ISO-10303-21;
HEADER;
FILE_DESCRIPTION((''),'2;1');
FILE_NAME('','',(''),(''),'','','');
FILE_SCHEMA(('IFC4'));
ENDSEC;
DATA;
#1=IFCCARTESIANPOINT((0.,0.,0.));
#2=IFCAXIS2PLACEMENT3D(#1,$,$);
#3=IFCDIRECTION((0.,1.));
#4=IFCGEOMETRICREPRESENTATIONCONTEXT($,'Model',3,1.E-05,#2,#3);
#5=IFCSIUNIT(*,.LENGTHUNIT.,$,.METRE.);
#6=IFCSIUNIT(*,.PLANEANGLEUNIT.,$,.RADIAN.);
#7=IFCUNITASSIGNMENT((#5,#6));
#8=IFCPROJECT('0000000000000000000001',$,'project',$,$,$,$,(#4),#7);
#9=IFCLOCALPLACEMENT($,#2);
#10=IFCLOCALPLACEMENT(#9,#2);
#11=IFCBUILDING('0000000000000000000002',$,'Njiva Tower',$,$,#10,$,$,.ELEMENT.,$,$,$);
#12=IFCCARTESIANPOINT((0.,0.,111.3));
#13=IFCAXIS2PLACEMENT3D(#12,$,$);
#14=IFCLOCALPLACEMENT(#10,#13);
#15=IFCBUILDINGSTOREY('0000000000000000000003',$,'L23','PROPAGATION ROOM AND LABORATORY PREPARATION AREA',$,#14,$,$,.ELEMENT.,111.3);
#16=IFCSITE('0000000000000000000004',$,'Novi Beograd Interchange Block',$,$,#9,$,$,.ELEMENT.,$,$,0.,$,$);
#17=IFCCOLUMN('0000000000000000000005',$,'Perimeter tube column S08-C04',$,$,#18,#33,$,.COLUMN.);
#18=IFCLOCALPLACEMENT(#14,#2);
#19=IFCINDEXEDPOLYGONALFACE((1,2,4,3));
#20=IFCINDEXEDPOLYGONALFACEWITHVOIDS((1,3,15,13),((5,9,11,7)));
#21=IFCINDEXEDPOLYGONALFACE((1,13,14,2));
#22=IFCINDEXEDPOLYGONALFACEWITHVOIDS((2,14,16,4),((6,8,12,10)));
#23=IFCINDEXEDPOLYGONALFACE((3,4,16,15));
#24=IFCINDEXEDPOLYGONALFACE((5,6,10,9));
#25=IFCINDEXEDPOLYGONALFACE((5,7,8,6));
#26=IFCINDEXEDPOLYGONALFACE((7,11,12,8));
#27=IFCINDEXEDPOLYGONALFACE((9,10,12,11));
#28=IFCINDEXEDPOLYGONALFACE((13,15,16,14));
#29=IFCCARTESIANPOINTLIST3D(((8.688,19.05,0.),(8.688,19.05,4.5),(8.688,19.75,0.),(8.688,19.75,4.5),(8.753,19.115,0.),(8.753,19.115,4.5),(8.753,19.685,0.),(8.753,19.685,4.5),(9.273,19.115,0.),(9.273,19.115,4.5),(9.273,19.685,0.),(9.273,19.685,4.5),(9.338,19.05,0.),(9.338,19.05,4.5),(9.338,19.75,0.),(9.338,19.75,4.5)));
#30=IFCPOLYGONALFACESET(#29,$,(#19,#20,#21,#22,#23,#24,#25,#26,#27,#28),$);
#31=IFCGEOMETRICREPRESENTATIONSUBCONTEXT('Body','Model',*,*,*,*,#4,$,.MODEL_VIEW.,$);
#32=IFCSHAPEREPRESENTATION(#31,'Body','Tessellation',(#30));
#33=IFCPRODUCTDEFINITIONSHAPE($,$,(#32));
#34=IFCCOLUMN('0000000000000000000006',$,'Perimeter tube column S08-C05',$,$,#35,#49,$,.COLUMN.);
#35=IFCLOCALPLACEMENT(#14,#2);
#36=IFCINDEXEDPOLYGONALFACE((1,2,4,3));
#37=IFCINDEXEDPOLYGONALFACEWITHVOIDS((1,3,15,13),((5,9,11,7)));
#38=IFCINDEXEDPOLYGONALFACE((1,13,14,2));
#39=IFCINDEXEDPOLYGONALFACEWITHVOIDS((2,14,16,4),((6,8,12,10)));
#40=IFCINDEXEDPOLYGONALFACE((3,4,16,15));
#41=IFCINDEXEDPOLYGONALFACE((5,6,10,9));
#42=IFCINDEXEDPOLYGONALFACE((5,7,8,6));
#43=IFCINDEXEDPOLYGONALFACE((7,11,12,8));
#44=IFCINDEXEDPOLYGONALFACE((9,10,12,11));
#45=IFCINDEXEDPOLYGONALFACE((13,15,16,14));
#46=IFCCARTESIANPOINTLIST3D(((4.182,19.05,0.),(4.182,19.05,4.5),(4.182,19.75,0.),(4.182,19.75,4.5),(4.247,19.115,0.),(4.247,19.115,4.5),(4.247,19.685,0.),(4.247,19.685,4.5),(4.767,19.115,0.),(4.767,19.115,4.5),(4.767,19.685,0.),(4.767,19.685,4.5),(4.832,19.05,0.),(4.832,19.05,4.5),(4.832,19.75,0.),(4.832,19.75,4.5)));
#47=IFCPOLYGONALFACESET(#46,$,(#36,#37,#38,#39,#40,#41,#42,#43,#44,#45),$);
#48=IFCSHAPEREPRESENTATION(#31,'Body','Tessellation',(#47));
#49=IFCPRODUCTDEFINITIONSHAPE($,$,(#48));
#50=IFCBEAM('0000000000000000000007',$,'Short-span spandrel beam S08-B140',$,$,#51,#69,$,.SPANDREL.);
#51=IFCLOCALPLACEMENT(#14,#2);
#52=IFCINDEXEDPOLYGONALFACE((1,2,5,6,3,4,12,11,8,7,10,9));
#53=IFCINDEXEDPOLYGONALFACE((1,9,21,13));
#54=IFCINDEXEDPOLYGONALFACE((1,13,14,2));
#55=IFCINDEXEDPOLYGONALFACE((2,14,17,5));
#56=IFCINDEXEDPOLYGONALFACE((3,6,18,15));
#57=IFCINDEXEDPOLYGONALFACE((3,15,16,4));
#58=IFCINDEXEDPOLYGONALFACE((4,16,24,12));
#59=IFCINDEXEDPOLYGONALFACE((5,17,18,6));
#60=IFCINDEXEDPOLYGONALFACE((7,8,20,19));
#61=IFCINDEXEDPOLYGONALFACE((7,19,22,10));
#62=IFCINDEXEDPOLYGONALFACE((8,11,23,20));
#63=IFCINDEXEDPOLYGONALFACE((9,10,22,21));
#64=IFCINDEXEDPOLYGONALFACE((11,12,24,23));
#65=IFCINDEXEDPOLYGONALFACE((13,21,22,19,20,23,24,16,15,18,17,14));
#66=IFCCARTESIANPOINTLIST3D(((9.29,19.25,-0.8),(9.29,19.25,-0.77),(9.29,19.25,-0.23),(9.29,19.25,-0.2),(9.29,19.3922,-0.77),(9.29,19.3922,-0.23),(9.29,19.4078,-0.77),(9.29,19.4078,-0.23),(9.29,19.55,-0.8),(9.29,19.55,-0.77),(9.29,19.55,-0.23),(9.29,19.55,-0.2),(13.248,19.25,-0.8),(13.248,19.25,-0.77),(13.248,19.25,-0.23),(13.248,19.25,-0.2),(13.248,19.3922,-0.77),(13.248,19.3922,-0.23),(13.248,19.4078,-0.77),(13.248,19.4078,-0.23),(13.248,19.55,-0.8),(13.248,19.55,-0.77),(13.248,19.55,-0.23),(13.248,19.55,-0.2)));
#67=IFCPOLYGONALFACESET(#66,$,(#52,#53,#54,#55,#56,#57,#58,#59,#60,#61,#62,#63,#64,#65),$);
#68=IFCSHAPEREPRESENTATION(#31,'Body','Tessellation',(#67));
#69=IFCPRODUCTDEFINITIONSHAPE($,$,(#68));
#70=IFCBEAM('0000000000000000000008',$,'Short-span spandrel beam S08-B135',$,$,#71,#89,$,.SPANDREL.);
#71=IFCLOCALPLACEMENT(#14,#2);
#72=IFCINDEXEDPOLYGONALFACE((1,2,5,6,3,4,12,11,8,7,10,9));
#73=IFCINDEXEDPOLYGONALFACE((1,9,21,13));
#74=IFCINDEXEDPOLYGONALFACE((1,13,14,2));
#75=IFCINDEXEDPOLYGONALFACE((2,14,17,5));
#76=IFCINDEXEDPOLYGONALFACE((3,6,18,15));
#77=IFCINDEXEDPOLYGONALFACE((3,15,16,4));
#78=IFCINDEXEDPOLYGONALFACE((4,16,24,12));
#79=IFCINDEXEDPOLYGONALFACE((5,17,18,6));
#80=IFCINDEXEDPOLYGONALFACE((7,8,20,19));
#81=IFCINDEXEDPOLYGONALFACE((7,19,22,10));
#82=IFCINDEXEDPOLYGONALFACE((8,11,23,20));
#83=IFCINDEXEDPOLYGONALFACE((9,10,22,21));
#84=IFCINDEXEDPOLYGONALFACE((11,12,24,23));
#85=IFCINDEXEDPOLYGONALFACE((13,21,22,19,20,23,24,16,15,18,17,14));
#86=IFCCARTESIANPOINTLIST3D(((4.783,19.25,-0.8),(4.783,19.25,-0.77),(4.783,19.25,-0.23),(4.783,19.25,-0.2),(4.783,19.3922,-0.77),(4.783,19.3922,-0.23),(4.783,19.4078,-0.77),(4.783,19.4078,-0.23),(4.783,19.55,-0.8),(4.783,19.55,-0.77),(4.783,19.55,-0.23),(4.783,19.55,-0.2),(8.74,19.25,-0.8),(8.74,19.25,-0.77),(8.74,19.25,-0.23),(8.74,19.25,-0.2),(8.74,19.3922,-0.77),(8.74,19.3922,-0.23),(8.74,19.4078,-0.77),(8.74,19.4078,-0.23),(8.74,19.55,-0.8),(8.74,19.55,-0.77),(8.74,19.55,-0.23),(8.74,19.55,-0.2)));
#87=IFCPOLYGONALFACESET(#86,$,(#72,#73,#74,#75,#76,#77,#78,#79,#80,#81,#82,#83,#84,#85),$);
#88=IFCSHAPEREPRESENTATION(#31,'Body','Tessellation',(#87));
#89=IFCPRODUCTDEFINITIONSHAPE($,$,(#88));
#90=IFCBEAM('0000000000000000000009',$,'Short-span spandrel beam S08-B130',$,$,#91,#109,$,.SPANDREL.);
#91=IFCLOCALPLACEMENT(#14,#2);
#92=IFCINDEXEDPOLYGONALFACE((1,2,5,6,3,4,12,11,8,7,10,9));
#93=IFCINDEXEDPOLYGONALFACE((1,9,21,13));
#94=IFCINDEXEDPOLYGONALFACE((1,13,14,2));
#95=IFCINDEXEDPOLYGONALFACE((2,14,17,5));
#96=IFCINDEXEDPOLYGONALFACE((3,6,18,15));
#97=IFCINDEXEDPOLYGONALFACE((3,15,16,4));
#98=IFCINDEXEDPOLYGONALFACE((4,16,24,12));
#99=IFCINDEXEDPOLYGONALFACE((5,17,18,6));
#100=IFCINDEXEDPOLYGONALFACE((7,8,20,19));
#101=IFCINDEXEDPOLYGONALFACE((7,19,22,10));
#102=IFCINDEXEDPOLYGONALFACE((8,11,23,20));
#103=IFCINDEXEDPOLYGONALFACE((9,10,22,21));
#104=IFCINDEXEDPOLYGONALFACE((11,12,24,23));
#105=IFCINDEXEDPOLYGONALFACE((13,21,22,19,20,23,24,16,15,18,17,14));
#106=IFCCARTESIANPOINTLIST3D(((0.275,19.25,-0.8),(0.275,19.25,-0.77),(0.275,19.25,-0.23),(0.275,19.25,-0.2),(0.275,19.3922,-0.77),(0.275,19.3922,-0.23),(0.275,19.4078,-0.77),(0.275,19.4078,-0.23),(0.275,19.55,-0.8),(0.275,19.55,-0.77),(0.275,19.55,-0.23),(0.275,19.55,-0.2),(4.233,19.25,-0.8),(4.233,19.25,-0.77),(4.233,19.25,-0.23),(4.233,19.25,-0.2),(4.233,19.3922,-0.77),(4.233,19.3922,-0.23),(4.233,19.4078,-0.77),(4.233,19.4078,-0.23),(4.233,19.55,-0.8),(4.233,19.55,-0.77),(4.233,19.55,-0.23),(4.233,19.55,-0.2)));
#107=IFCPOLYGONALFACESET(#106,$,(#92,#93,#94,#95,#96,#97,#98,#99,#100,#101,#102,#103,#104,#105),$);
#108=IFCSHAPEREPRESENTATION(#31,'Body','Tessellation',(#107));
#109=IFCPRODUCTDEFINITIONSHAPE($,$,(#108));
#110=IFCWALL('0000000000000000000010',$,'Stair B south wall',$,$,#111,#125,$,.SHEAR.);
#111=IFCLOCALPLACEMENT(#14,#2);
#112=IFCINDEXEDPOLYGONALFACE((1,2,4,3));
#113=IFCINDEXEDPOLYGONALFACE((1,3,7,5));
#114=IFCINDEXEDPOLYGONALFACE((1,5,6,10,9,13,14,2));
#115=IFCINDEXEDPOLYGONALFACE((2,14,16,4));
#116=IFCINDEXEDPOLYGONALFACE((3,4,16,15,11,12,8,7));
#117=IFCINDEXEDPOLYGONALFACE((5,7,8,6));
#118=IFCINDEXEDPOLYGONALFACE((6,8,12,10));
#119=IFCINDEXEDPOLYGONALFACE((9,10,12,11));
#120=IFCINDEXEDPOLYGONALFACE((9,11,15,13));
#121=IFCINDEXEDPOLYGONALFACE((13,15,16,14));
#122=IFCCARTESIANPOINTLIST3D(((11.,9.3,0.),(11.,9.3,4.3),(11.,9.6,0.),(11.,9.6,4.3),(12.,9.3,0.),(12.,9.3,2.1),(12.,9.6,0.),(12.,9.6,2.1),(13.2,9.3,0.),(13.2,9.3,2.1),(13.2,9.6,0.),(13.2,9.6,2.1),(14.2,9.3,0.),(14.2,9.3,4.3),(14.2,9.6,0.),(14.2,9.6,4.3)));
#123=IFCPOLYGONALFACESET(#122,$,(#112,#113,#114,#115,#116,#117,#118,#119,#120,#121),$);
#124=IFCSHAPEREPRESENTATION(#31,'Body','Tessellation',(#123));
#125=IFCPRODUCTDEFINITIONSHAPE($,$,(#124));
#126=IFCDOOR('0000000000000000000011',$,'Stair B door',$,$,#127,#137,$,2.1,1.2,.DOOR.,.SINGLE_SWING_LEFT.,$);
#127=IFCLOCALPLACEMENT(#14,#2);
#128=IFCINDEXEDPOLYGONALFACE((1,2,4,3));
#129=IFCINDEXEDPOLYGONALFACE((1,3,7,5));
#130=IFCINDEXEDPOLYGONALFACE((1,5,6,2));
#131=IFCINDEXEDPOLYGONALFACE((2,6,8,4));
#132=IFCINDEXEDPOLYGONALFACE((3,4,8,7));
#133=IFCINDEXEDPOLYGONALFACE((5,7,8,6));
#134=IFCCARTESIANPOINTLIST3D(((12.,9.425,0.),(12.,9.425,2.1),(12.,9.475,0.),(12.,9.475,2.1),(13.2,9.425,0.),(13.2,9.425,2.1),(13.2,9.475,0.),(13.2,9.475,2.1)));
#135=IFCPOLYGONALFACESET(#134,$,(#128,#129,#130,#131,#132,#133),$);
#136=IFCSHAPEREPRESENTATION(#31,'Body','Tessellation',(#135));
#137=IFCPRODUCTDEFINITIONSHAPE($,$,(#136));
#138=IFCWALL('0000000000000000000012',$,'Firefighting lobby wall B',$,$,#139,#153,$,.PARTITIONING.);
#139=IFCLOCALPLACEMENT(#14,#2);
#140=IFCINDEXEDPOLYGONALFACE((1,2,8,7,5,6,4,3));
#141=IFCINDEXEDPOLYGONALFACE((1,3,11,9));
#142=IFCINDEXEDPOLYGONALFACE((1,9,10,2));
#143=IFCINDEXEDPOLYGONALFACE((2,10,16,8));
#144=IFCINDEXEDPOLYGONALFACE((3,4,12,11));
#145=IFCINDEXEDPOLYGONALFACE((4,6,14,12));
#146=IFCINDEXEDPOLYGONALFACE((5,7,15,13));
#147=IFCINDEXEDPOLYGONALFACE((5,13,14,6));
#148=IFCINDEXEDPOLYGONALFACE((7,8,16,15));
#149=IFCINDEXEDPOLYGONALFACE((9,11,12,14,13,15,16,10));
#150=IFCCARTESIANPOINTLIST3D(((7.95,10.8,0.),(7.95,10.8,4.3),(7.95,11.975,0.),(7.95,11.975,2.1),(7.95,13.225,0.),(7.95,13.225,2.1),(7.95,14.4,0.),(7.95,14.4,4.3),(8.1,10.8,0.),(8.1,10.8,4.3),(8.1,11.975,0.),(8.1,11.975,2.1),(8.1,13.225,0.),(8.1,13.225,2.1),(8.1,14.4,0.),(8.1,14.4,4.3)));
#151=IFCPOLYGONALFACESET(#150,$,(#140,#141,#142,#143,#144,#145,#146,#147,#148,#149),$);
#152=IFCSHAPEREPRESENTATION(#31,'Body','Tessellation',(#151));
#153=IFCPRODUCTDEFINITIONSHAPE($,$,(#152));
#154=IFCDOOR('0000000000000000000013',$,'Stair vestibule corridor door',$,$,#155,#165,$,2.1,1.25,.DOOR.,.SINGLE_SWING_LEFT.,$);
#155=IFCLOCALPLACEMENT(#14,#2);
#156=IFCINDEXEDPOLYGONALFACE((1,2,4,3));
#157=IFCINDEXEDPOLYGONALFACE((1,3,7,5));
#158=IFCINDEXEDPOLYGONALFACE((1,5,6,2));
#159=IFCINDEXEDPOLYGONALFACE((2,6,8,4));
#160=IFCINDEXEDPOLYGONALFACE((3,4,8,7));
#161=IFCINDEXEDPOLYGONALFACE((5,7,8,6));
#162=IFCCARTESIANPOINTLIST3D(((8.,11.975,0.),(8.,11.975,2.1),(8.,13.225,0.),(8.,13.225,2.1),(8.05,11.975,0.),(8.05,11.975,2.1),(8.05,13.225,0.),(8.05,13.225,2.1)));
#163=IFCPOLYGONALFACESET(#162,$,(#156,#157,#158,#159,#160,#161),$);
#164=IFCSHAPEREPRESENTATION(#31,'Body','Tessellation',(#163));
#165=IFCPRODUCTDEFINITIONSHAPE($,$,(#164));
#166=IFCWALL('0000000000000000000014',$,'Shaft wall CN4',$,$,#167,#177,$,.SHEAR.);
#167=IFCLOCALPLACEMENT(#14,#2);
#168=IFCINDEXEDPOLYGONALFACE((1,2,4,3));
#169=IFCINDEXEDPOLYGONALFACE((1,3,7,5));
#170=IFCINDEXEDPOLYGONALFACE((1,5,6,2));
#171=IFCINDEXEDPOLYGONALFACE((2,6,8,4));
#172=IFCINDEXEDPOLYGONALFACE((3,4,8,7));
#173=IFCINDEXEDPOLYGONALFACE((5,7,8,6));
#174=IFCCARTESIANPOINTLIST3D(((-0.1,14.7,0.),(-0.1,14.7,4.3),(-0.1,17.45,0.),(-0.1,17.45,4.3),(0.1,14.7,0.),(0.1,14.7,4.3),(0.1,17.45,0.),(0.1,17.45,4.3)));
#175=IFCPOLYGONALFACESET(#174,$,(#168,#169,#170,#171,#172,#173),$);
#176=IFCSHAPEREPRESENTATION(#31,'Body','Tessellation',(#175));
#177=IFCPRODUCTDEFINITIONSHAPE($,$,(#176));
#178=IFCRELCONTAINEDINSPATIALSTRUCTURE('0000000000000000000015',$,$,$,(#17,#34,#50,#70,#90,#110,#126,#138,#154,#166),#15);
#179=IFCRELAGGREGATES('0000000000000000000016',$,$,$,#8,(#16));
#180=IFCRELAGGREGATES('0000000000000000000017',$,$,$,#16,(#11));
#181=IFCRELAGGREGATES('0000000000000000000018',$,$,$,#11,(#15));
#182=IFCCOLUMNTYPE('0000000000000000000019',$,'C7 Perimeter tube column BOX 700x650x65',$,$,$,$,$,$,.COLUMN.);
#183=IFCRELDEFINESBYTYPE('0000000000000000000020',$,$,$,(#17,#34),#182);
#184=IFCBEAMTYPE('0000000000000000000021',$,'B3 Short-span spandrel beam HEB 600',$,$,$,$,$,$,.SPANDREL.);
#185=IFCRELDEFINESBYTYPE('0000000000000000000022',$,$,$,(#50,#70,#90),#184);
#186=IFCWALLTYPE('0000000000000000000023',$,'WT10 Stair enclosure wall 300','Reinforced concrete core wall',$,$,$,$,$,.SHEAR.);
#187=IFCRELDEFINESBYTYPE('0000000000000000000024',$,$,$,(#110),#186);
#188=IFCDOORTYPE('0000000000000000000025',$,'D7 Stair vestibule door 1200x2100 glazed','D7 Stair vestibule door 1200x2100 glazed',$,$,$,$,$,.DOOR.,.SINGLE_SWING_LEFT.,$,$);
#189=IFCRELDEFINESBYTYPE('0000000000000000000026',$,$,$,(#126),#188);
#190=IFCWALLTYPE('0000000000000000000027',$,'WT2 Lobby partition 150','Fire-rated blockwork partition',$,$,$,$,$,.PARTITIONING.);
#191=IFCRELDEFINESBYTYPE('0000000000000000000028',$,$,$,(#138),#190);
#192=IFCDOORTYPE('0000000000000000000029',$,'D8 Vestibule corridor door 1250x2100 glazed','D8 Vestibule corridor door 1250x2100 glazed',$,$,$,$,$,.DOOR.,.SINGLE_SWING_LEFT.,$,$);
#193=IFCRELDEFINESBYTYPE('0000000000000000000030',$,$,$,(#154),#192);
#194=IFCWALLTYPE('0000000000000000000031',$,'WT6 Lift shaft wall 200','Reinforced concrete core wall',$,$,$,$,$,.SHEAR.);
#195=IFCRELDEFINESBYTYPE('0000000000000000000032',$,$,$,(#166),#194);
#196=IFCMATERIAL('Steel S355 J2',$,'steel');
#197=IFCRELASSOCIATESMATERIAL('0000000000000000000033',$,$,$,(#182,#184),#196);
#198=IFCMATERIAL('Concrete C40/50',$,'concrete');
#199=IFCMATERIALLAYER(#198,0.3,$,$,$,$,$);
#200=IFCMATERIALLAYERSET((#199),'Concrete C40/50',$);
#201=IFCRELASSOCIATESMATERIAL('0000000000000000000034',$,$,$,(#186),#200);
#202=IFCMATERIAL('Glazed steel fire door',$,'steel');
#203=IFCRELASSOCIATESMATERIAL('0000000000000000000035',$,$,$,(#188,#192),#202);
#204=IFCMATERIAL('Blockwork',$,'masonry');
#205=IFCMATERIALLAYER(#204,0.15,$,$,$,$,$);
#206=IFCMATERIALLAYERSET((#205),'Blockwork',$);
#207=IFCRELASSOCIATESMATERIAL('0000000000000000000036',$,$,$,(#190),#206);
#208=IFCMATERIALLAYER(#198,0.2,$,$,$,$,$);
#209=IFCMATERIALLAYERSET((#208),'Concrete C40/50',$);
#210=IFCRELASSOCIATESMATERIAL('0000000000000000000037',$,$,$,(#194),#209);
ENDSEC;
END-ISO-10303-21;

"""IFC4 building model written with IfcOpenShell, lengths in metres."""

from ifc_helpers import new_model, si_unit, direction, frame, frame_2d, origin, origin_2d, place, context, subcontext, project, spatial, rectangle, hollow_rectangle, i_section, extrude, material, layer, layer_set, material_profile, profile_set, type_object, element, fill, save


model = new_model("IFC4")

# Units and contexts
model_context = context("Model", 3, precision=1e-05, world=origin(), true_north=direction((0.0, 1.0)))
body_context = subcontext(model_context, "Body", "Model", "MODEL_VIEW")
ifc_project = project(units=[si_unit("LENGTHUNIT", "METRE"), si_unit("PLANEANGLEUNIT", "RADIAN")], contexts=[model_context])

# Site, building, storey
site_placement = place(None, origin())
site = spatial("IfcSite", under=ifc_project, at=site_placement, Name="Novi Beograd Interchange Block", CompositionType="ELEMENT", RefElevation=0.0)
building_placement = place(site_placement, origin())
building = spatial("IfcBuilding", under=site, at=building_placement, Name="Njiva Tower", CompositionType="ELEMENT")
storey_placement = place(building_placement, frame((0.0, 0.0, 111.3)))
storey = spatial("IfcBuildingStorey", under=building, at=storey_placement, Name="L23", Description="PROPAGATION ROOM AND LABORATORY PREPARATION AREA", CompositionType="ELEMENT", Elevation=111.3)

# Columns
ifc_material_1 = material(Name="Steel S355 J2", Category="steel")
ifc_material_profile_1 = material_profile(ifc_material_1, hollow_rectangle(XDim=0.65, YDim=0.7, WallThickness=0.065, at=origin_2d()), Name="BOX 700x650x65")
ifc_profile_set_1 = profile_set([ifc_material_profile_1], Name="Steel S355 J2")
column_type = type_object("IfcColumnType", Name="C7 Perimeter tube column BOX 700x650x65", PredefinedType="COLUMN", material=ifc_profile_set_1)
for number, where, z_axis, x_axis, name in (
    (1, (9.013, 19.4, 0.0), (0.0, 0.0, 1.0), (-1.0, 0.0, 0.0), "Perimeter tube column S08-C04"),
    (2, (4.507, 19.4, 0.0), (0.0, 0.0, 1.0), (-1.0, 0.0, 0.0), "Perimeter tube column S08-C05"),
):
    element("IfcColumn", number, at=place(storey_placement, frame(where, z_axis=z_axis, x_axis=x_axis)), inside=storey, type_object=column_type, Name=name, PredefinedType="COLUMN", context=body_context, shape_type="SweptSolid", body=[
        extrude(hollow_rectangle(XDim=0.65, YDim=0.7, WallThickness=0.065, at=origin_2d()), origin(), (0.0, 0.0, 1.0), 4.5),
    ])

# Beams
ifc_material_profile_2 = material_profile(ifc_material_1, i_section(OverallWidth=0.3, OverallDepth=0.6, WebThickness=0.0155, FlangeThickness=0.03, at=origin_2d()), Name="HEB 600")
ifc_profile_set_2 = profile_set([ifc_material_profile_2], Name="Steel S355 J2")
beam_type = type_object("IfcBeamType", Name="B3 Short-span spandrel beam HEB 600", PredefinedType="SPANDREL", material=ifc_profile_set_2)
beam_1_placement = place(storey_placement, frame((13.248, 19.4, -0.5), z_axis=(-1.0, 0.0, 0.0), x_axis=(0.0, -1.0, 0.0)))
element("IfcBeam", 3, at=beam_1_placement, inside=storey, type_object=beam_type, Name="Short-span spandrel beam S08-B140", PredefinedType="SPANDREL", context=body_context, shape_type="SweptSolid", body=[
    extrude(i_section(OverallWidth=0.3, OverallDepth=0.6, WebThickness=0.0155, FlangeThickness=0.03, at=origin_2d()), origin(), (0.0, 0.0, 1.0), 3.958),
])
beam_2_placement = place(storey_placement, frame((8.74, 19.4, -0.5), z_axis=(-1.0, 0.0, 0.0), x_axis=(0.0, -1.0, 0.0)))
element("IfcBeam", 4, at=beam_2_placement, inside=storey, type_object=beam_type, Name="Short-span spandrel beam S08-B135", PredefinedType="SPANDREL", context=body_context, shape_type="SweptSolid", body=[
    extrude(i_section(OverallWidth=0.3, OverallDepth=0.6, WebThickness=0.0155, FlangeThickness=0.03, at=origin_2d()), origin(), (0.0, 0.0, 1.0), 3.957),
])
beam_3_placement = place(storey_placement, frame((4.233, 19.4, -0.5), z_axis=(-1.0, 0.0, 0.0), x_axis=(0.0, -1.0, 0.0)))
element("IfcBeam", 5, at=beam_3_placement, inside=storey, type_object=beam_type, Name="Short-span spandrel beam S08-B130", PredefinedType="SPANDREL", context=body_context, shape_type="SweptSolid", body=[
    extrude(i_section(OverallWidth=0.3, OverallDepth=0.6, WebThickness=0.0155, FlangeThickness=0.03, at=origin_2d()), origin(), (0.0, 0.0, 1.0), 3.958),
])

# Walls, openings, doors
ifc_material_2 = material(Name="Concrete C40/50", Category="concrete")
ifc_layer_1 = layer(ifc_material_2, 0.3)
ifc_layer_set_1 = layer_set([ifc_layer_1], Name="Concrete C40/50")
wall_type_1 = type_object("IfcWallType", Name="WT10 Stair enclosure wall 300", Description="Reinforced concrete core wall", PredefinedType="SHEAR", material=ifc_layer_set_1)
wall_1_placement = place(storey_placement, frame((11.0, 9.45, 0.0), z_axis=(0.0, 0.0, 1.0), x_axis=(1.0, 0.0, 0.0)))
wall_1 = element("IfcWall", 6, at=wall_1_placement, inside=storey, type_object=wall_type_1, Name="Stair B south wall", PredefinedType="SHEAR", context=body_context, shape_type="SweptSolid", body=[
    extrude(rectangle(XDim=3.2, YDim=0.3, at=frame_2d((1.6, 0.0))), origin(), (0.0, 0.0, 1.0), 4.3),
])
opening_1_placement = place(wall_1_placement, frame((1.0, 0.0, 0.0)))
opening_1 = element("IfcOpeningElement", 7, at=opening_1_placement, cuts=wall_1, PredefinedType="OPENING", context=body_context, shape_type="SweptSolid", body=[
    extrude(rectangle(XDim=1.2, YDim=2.1, at=frame_2d((0.6, 1.05))), frame((0.0, 0.16, 0.0), z_axis=(0.0, -1.0, 0.0), x_axis=(1.0, 0.0, 0.0)), (0.0, 0.0, 1.0), 0.32),
])
ifc_material_3 = material(Name="Glazed steel fire door", Category="steel")
door_type_1 = type_object("IfcDoorType", Name="D7 Stair vestibule door 1200x2100 glazed", Description="D7 Stair vestibule door 1200x2100 glazed", OperationType="SINGLE_SWING_LEFT", PredefinedType="DOOR", material=ifc_material_3)
door_1_placement = place(opening_1_placement, origin())
door_1 = element("IfcDoor", 8, at=door_1_placement, inside=storey, type_object=door_type_1, Name="Stair B door", OperationType="SINGLE_SWING_LEFT", OverallHeight=2.1, OverallWidth=1.2, PredefinedType="DOOR", context=body_context, shape_type="SweptSolid", body=[
    extrude(rectangle(XDim=1.2, YDim=2.1, at=frame_2d((0.6, 1.05))), frame((0.0, 0.025, 0.0), z_axis=(0.0, -1.0, 0.0), x_axis=(1.0, 0.0, 0.0)), (0.0, 0.0, 1.0), 0.05),
])
fill(opening_1, door_1)
ifc_material_4 = material(Name="Blockwork", Category="masonry")
ifc_layer_2 = layer(ifc_material_4, 0.15)
ifc_layer_set_2 = layer_set([ifc_layer_2], Name="Blockwork")
wall_type_2 = type_object("IfcWallType", Name="WT2 Lobby partition 150", Description="Fire-rated blockwork partition", PredefinedType="PARTITIONING", material=ifc_layer_set_2)
wall_2_placement = place(storey_placement, frame((8.025, 10.8, 0.0), z_axis=(0.0, 0.0, 1.0), x_axis=(0.0, 1.0, 0.0)))
wall_2 = element("IfcWall", 9, at=wall_2_placement, inside=storey, type_object=wall_type_2, Name="Firefighting lobby wall B", PredefinedType="PARTITIONING", context=body_context, shape_type="SweptSolid", body=[
    extrude(rectangle(XDim=3.6, YDim=0.15, at=frame_2d((1.8, 0.0))), origin(), (0.0, 0.0, 1.0), 4.3),
])
opening_2_placement = place(wall_2_placement, frame((1.175, 0.0, 0.0)))
opening_2 = element("IfcOpeningElement", 10, at=opening_2_placement, cuts=wall_2, PredefinedType="OPENING", context=body_context, shape_type="SweptSolid", body=[
    extrude(rectangle(XDim=1.25, YDim=2.1, at=frame_2d((0.625, 1.05))), frame((0.0, 0.085, 0.0), z_axis=(0.0, -1.0, 0.0), x_axis=(1.0, 0.0, 0.0)), (0.0, 0.0, 1.0), 0.17),
])
door_type_2 = type_object("IfcDoorType", Name="D8 Vestibule corridor door 1250x2100 glazed", Description="D8 Vestibule corridor door 1250x2100 glazed", OperationType="SINGLE_SWING_LEFT", PredefinedType="DOOR", material=ifc_material_3)
door_2_placement = place(opening_2_placement, origin())
door_2 = element("IfcDoor", 11, at=door_2_placement, inside=storey, type_object=door_type_2, Name="Stair vestibule corridor door", OperationType="SINGLE_SWING_LEFT", OverallHeight=2.1, OverallWidth=1.25, PredefinedType="DOOR", context=body_context, shape_type="SweptSolid", body=[
    extrude(rectangle(XDim=1.25, YDim=2.1, at=frame_2d((0.625, 1.05))), frame((0.0, 0.025, 0.0), z_axis=(0.0, -1.0, 0.0), x_axis=(1.0, 0.0, 0.0)), (0.0, 0.0, 1.0), 0.05),
])
fill(opening_2, door_2)

# Wall
ifc_layer_3 = layer(ifc_material_2, 0.2)
ifc_layer_set_3 = layer_set([ifc_layer_3], Name="Concrete C40/50")
wall_type_3 = type_object("IfcWallType", Name="WT6 Lift shaft wall 200", Description="Reinforced concrete core wall", PredefinedType="SHEAR", material=ifc_layer_set_3)
for number, where, z_axis, x_axis, name in (
    (12, (0.0, 14.7, 0.0), (0.0, 0.0, 1.0), (0.0, 1.0, 0.0), "Shaft wall CN4"),
):
    element("IfcWall", number, at=place(storey_placement, frame(where, z_axis=z_axis, x_axis=x_axis)), inside=storey, type_object=wall_type_3, Name=name, PredefinedType="SHEAR", context=body_context, shape_type="SweptSolid", body=[
        extrude(rectangle(XDim=2.75, YDim=0.2, at=frame_2d((1.375, 0.0))), origin(), (0.0, 0.0, 1.0), 4.3),
    ])

save(model, "model.ifc")
